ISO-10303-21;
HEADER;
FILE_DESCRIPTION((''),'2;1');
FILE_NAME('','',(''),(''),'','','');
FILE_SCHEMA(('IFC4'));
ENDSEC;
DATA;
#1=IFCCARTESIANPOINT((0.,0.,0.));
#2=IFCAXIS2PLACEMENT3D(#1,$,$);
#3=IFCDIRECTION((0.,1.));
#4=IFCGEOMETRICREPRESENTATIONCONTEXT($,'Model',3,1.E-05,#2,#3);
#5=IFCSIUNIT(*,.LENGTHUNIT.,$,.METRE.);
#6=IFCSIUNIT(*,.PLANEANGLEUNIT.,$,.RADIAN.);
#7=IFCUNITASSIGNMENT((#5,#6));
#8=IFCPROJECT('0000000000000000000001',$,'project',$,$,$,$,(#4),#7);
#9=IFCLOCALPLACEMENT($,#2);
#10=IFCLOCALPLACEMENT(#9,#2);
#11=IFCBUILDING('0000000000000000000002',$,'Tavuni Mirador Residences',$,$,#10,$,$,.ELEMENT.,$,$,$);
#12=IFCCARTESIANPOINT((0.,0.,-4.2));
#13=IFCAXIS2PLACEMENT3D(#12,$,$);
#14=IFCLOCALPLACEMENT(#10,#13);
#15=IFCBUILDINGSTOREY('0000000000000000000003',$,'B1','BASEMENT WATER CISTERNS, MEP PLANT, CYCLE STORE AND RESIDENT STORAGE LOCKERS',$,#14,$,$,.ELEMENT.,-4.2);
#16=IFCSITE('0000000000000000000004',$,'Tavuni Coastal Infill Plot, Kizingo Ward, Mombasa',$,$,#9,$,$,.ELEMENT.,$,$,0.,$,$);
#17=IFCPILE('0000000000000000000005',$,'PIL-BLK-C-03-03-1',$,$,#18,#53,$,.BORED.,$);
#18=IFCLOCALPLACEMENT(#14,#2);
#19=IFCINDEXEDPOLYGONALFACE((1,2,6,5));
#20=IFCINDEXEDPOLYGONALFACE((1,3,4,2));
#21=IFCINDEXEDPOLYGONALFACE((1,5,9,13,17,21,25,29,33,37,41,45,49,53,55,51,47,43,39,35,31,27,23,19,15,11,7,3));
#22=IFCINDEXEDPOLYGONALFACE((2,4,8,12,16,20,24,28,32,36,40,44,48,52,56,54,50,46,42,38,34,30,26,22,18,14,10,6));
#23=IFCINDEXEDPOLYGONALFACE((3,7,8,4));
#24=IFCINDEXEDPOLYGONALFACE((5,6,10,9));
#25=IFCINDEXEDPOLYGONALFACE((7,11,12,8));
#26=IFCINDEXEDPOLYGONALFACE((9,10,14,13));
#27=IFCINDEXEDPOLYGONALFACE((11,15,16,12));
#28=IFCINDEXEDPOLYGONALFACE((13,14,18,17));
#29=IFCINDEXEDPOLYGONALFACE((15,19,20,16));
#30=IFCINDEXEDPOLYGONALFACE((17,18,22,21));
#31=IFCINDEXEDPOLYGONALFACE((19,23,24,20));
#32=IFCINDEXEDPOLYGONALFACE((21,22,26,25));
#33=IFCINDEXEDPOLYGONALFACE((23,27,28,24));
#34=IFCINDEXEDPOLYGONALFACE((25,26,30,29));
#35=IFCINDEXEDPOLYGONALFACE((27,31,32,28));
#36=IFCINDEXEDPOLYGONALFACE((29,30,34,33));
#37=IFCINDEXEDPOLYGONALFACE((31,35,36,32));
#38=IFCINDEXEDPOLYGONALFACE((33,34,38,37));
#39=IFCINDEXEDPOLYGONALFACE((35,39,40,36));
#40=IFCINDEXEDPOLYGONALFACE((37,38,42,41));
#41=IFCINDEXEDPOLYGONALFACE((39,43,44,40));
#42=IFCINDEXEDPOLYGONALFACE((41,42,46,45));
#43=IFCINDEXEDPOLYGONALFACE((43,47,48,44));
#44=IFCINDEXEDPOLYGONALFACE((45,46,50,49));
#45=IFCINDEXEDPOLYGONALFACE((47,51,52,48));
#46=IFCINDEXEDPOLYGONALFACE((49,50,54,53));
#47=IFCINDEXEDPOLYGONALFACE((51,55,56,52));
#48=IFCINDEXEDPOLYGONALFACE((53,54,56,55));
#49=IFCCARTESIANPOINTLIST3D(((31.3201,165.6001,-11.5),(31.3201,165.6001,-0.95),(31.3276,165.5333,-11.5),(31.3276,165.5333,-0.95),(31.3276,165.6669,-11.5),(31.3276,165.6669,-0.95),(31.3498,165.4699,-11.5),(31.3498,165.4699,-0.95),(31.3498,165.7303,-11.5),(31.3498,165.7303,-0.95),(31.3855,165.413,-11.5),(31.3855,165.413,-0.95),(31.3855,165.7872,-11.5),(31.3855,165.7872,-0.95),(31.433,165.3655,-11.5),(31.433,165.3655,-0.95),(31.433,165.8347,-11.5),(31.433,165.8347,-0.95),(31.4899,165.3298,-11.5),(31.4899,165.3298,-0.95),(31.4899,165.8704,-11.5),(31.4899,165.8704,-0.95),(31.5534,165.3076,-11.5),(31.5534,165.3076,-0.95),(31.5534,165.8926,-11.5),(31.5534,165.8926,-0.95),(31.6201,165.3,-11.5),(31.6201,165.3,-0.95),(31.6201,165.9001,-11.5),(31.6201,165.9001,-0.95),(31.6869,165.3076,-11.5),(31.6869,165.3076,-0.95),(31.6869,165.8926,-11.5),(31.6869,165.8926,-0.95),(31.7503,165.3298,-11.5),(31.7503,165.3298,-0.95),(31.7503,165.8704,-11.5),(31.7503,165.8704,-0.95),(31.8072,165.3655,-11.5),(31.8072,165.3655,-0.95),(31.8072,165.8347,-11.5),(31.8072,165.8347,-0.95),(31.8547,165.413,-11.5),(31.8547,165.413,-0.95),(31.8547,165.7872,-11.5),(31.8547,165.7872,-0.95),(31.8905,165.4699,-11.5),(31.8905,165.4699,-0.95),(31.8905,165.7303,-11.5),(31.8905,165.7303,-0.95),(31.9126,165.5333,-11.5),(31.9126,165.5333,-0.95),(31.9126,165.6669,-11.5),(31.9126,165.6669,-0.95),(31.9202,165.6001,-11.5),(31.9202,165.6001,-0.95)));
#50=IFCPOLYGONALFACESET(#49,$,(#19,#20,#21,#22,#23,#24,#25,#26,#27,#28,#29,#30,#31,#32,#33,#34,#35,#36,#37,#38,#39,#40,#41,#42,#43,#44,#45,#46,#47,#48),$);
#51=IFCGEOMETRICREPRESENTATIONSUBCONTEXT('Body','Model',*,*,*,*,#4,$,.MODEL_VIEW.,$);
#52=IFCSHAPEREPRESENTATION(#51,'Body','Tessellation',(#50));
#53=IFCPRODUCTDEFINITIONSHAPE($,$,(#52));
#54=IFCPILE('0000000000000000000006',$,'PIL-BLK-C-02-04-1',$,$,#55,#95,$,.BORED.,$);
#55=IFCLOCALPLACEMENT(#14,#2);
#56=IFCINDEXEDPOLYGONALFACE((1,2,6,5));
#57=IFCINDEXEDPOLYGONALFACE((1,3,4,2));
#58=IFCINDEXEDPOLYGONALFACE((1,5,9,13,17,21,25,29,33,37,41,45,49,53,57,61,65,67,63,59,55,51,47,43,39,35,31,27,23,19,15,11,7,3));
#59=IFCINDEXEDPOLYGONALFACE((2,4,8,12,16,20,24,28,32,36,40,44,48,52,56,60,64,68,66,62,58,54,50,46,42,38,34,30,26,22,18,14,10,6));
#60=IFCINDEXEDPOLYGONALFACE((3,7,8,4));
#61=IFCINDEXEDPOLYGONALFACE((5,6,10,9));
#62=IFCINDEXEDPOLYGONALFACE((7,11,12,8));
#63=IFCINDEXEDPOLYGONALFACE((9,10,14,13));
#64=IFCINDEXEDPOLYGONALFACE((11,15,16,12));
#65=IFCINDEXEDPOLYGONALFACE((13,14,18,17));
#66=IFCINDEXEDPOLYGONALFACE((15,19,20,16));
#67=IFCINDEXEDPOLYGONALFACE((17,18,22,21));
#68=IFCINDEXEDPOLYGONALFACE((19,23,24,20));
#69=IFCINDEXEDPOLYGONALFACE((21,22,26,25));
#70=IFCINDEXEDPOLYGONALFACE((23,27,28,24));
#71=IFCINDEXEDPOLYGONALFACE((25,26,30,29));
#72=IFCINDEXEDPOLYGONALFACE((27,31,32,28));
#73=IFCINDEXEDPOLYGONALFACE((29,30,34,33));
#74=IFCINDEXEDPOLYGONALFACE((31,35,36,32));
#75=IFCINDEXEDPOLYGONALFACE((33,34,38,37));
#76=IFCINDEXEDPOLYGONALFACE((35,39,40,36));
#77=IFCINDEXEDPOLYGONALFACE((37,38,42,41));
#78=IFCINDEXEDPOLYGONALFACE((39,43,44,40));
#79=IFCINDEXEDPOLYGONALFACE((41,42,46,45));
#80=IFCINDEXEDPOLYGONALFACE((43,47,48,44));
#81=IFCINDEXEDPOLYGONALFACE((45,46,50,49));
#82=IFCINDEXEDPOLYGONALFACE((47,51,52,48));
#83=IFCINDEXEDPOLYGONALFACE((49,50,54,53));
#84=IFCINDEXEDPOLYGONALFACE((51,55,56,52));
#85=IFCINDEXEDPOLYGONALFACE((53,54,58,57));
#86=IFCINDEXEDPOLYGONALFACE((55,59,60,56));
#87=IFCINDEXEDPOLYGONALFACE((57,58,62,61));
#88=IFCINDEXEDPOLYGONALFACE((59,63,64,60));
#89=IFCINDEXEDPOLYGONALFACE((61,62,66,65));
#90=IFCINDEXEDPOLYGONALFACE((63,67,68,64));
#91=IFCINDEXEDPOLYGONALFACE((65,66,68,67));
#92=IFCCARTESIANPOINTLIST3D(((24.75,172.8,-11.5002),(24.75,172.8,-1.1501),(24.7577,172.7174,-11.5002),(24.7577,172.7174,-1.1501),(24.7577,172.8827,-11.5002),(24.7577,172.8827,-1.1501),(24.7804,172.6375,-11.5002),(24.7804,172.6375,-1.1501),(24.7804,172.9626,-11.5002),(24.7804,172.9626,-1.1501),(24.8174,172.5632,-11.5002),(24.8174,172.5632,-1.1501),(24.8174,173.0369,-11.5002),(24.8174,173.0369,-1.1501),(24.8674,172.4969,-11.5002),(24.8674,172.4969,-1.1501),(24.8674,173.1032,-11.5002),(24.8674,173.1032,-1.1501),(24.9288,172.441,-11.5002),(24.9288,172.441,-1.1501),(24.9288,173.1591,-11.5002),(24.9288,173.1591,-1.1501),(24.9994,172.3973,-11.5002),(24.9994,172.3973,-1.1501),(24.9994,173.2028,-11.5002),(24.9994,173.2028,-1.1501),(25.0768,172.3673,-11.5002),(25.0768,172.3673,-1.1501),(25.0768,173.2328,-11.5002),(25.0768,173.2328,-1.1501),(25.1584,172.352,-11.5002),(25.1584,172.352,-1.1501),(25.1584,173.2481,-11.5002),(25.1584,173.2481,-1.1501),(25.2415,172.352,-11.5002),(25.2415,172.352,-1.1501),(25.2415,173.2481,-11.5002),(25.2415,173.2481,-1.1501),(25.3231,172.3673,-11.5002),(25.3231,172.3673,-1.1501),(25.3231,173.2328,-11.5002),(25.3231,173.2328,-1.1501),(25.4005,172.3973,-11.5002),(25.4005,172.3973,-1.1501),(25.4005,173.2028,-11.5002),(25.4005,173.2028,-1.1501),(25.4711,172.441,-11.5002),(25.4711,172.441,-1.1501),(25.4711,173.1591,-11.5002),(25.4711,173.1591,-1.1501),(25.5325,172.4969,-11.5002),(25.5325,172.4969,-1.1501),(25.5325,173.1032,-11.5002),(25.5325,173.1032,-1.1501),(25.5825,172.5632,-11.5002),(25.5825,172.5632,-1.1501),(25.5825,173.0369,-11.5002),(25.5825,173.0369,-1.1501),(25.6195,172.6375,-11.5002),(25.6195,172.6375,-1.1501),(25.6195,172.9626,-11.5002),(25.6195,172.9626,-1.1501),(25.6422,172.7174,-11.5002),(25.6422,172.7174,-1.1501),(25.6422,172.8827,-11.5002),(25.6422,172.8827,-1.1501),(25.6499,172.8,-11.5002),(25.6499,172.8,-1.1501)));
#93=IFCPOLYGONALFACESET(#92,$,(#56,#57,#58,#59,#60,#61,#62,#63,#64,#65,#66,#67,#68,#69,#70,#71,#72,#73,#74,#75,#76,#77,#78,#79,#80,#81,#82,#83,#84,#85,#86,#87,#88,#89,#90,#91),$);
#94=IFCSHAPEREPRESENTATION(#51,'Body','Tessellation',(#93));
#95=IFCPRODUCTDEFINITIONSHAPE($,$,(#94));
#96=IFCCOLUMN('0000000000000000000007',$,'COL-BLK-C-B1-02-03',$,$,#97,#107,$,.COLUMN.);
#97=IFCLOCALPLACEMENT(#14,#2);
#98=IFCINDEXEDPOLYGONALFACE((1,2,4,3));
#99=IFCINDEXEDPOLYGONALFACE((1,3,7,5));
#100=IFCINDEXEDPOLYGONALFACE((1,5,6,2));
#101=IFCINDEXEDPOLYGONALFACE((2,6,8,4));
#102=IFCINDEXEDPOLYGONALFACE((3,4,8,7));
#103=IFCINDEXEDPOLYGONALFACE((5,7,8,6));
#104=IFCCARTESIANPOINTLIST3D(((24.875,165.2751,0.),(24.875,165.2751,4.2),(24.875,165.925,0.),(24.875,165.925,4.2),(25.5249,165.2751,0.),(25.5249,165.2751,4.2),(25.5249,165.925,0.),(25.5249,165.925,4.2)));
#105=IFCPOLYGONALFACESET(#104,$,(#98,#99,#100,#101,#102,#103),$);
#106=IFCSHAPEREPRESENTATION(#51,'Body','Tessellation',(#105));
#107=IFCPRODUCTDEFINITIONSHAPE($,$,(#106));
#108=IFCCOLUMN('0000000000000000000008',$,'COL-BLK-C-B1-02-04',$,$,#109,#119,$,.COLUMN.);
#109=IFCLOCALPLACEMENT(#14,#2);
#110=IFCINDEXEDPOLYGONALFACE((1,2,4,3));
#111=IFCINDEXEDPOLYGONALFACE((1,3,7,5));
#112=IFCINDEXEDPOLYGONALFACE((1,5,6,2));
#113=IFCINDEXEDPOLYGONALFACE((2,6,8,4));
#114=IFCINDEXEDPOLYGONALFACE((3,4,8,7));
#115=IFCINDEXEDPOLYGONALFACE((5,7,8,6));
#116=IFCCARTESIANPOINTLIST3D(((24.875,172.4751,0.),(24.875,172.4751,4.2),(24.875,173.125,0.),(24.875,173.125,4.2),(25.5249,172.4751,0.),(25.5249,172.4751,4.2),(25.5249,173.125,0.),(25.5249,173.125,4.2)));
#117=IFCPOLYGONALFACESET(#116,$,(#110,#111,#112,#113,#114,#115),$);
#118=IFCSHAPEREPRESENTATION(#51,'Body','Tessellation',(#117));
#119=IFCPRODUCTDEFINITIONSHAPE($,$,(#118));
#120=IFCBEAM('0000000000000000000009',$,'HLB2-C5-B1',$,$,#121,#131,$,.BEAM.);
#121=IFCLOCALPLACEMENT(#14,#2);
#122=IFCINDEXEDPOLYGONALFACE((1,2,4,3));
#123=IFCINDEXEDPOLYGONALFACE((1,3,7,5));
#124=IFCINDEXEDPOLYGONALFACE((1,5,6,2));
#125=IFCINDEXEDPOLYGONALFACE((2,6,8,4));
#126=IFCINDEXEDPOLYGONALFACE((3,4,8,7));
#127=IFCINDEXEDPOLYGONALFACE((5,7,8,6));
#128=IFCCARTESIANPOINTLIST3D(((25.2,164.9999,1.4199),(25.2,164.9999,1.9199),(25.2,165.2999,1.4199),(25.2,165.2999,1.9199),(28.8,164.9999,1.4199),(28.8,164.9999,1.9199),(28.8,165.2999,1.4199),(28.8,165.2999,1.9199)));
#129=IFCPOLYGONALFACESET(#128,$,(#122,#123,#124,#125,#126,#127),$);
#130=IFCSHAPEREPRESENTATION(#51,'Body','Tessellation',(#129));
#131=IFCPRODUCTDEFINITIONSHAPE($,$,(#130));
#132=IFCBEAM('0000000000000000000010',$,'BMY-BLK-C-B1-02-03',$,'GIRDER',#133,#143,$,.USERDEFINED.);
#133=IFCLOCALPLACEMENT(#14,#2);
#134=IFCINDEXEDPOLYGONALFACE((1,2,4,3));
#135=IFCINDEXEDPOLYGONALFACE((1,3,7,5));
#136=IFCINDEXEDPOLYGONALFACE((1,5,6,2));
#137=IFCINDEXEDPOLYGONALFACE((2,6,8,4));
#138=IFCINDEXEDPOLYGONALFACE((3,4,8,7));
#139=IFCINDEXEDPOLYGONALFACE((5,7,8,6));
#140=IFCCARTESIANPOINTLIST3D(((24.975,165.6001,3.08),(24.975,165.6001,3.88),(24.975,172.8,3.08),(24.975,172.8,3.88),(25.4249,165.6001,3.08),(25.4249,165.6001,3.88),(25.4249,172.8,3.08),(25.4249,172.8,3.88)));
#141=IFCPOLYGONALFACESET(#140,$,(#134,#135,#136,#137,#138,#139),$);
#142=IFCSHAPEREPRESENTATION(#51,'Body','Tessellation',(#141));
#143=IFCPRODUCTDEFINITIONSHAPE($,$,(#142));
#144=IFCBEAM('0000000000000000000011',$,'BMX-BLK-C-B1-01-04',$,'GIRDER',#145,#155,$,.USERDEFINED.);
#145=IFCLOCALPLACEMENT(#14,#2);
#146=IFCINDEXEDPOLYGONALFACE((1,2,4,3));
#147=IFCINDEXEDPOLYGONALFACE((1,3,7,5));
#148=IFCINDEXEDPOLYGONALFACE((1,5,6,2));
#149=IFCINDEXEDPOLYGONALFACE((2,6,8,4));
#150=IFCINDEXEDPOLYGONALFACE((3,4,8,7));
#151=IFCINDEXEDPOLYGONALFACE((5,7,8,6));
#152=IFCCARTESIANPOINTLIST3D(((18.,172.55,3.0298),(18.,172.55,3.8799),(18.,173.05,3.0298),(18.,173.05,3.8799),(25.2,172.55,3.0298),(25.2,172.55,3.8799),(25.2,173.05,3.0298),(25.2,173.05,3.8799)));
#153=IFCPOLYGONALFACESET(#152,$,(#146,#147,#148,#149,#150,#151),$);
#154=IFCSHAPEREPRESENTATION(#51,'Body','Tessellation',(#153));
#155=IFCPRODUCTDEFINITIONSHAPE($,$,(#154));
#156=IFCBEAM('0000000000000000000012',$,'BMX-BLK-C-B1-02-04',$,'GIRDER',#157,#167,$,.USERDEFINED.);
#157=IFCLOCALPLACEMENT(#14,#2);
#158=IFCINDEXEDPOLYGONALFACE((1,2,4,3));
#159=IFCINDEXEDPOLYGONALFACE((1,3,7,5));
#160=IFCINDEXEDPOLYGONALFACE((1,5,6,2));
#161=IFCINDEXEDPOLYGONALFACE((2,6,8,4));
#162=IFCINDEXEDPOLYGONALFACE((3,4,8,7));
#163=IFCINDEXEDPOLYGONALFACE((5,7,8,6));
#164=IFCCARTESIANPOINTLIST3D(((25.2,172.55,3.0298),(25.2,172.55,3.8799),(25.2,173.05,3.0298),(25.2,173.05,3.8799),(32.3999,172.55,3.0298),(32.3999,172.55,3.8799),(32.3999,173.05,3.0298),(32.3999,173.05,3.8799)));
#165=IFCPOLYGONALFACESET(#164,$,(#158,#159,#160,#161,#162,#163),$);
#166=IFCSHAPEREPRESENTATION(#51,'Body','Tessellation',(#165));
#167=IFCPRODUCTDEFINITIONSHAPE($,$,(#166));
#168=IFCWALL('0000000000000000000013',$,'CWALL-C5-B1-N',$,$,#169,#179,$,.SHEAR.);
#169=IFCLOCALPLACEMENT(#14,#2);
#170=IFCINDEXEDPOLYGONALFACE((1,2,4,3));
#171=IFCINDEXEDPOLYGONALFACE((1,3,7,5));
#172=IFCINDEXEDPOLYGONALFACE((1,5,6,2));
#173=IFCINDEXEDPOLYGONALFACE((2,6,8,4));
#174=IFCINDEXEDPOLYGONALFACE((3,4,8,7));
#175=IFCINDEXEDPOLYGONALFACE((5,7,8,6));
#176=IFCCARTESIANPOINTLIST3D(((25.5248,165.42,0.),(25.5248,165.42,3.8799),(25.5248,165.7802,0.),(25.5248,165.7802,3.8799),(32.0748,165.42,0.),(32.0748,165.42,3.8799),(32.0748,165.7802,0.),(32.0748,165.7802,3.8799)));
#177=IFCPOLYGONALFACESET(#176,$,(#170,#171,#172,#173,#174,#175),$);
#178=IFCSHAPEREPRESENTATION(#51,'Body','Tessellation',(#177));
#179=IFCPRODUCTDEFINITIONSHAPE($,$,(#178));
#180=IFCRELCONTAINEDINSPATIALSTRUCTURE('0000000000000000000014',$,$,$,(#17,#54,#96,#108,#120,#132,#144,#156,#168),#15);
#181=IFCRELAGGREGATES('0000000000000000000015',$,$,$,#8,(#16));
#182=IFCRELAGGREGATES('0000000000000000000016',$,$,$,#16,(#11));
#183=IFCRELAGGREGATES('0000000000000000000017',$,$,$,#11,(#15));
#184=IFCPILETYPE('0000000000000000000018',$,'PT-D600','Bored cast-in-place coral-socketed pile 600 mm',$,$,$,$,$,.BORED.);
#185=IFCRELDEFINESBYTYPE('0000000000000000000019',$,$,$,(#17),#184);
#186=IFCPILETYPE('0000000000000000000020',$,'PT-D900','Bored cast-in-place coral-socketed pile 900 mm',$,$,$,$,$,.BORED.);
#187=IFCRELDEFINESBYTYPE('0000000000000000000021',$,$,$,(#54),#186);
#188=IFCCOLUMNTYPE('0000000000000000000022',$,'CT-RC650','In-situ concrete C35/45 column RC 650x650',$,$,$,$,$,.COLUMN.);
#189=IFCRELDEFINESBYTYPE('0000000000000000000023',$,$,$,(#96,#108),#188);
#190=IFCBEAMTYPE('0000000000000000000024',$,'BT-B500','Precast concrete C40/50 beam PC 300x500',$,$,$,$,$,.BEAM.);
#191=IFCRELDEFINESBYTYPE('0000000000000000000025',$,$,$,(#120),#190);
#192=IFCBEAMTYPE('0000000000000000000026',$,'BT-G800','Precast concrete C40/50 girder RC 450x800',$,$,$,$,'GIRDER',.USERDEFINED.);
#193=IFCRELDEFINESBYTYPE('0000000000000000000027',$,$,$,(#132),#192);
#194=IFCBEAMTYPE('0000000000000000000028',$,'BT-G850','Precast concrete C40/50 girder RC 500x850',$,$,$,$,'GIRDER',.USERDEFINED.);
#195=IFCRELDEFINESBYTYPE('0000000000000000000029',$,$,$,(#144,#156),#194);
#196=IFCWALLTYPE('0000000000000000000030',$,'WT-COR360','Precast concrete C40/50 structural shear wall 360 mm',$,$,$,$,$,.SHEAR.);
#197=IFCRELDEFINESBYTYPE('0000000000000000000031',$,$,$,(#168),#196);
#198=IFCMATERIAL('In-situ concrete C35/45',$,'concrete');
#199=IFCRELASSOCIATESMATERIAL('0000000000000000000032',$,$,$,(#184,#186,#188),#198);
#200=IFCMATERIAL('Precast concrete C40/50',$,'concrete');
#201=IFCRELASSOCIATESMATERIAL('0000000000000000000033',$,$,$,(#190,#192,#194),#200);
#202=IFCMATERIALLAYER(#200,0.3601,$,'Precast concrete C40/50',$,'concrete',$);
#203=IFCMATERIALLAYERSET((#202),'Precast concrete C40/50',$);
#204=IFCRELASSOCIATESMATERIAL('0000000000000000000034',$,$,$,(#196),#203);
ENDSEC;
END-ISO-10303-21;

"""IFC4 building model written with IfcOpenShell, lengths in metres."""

from ifc_helpers import new_model, si_unit, direction, frame, frame_2d, origin, origin_2d, place, context, subcontext, project, spatial, rectangle, circle, extrude, material, layer, layer_set, material_profile, profile_set, type_object, element, save


model = new_model("IFC4")

# Units and contexts
model_context = context("Model", 3, precision=1e-05, world=origin(), true_north=direction((0.0, 1.0)))
body_context = subcontext(model_context, "Body", "Model", "MODEL_VIEW")
ifc_project = project(units=[si_unit("LENGTHUNIT", "METRE"), si_unit("PLANEANGLEUNIT", "RADIAN")], contexts=[model_context])

# Site, building, storey
site_placement = place(None, origin())
site = spatial("IfcSite", under=ifc_project, at=site_placement, Name="Tavuni Coastal Infill Plot, Kizingo Ward, Mombasa", CompositionType="ELEMENT", RefElevation=0.0)
building_placement = place(site_placement, origin())
building = spatial("IfcBuilding", under=site, at=building_placement, Name="Tavuni Mirador Residences", CompositionType="ELEMENT")
storey_placement = place(building_placement, frame((0.0, 0.0, -4.2)))
storey = spatial("IfcBuildingStorey", under=building, at=storey_placement, Name="B1", Description="BASEMENT WATER CISTERNS, MEP PLANT, CYCLE STORE AND RESIDENT STORAGE LOCKERS", CompositionType="ELEMENT", Elevation=-4.2)

# Shared definitions
ifc_material_1 = material(Name="In-situ concrete C35/45", Category="concrete")

# Piles
ifc_material_profile_1 = material_profile(ifc_material_1, circle(Radius=0.3, at=origin_2d()), Name="PILE D600", Category="concrete")
ifc_profile_set_1 = profile_set([ifc_material_profile_1], Name="In-situ concrete C35/45")
pile_type_1 = type_object("IfcPileType", Name="PT-D600", Description="Bored cast-in-place coral-socketed pile 600 mm", PredefinedType="BORED", material=ifc_profile_set_1)
pile_1_placement = place(storey_placement, frame((31.6201, 165.6001, -0.95), z_axis=(0.0, 0.0, -1.0), x_axis=(1.0, 0.0, 0.0)))
element("IfcPile", 1, at=pile_1_placement, inside=storey, type_object=pile_type_1, Name="PIL-BLK-C-03-03-1", PredefinedType="BORED", context=body_context, shape_type="SweptSolid", body=[
    extrude(circle(Radius=0.3, at=origin_2d()), origin(), (0.0, 0.0, 1.0), 10.55),
])
ifc_material_profile_2 = material_profile(ifc_material_1, circle(Radius=0.45, at=origin_2d()), Name="PILE D900", Category="concrete")
ifc_profile_set_2 = profile_set([ifc_material_profile_2], Name="In-situ concrete C35/45")
pile_type_2 = type_object("IfcPileType", Name="PT-D900", Description="Bored cast-in-place coral-socketed pile 900 mm", PredefinedType="BORED", material=ifc_profile_set_2)
pile_2_placement = place(storey_placement, frame((25.2, 172.8, -1.1501), z_axis=(0.0, 0.0, -1.0), x_axis=(1.0, 0.0, 0.0)))
element("IfcPile", 2, at=pile_2_placement, inside=storey, type_object=pile_type_2, Name="PIL-BLK-C-02-04-1", PredefinedType="BORED", context=body_context, shape_type="SweptSolid", body=[
    extrude(circle(Radius=0.45, at=origin_2d()), origin(), (0.0, 0.0, 1.0), 10.3501),
])

# Columns
ifc_material_profile_3 = material_profile(ifc_material_1, rectangle(XDim=0.6499, YDim=0.6499, at=origin_2d()), Name="RC 650x650", Category="concrete")
ifc_profile_set_3 = profile_set([ifc_material_profile_3], Name="In-situ concrete C35/45")
column_type = type_object("IfcColumnType", Name="CT-RC650", Description="In-situ concrete C35/45 column RC 650x650", PredefinedType="COLUMN", material=ifc_profile_set_3)
for number, where, z_axis, x_axis, name in (
    (3, (25.2, 165.6001, 0.0), (0.0, 0.0, 1.0), (1.0, 0.0, 0.0), "COL-BLK-C-B1-02-03"),
    (4, (25.2, 172.8, 0.0), (0.0, 0.0, 1.0), (1.0, 0.0, 0.0), "COL-BLK-C-B1-02-04"),
):
    element("IfcColumn", number, at=place(storey_placement, frame(where, z_axis=z_axis, x_axis=x_axis)), inside=storey, type_object=column_type, Name=name, PredefinedType="COLUMN", context=body_context, shape_type="SweptSolid", body=[
        extrude(rectangle(XDim=0.6499, YDim=0.6499, at=origin_2d()), origin(), (0.0, 0.0, 1.0), 4.2),
    ])

# Beams
ifc_material_2 = material(Name="Precast concrete C40/50", Category="concrete")
ifc_material_profile_4 = material_profile(ifc_material_2, rectangle(XDim=0.3, YDim=0.5, at=origin_2d()), Name="PC 300x500", Category="concrete")
ifc_profile_set_4 = profile_set([ifc_material_profile_4], Name="Precast concrete C40/50")
beam_type_1 = type_object("IfcBeamType", Name="BT-B500", Description="Precast concrete C40/50 beam PC 300x500", PredefinedType="BEAM", material=ifc_profile_set_4)
beam_1_placement = place(storey_placement, frame((25.2, 165.1499, 1.6699), z_axis=(1.0, 0.0, 0.0), x_axis=(0.0, 1.0, 0.0)))
element("IfcBeam", 5, at=beam_1_placement, inside=storey, type_object=beam_type_1, Name="HLB2-C5-B1", PredefinedType="BEAM", context=body_context, shape_type="SweptSolid", body=[
    extrude(rectangle(XDim=0.3, YDim=0.5, at=origin_2d()), origin(), (0.0, 0.0, 1.0), 3.6001),
])
ifc_material_profile_5 = material_profile(ifc_material_2, rectangle(XDim=0.45, YDim=0.8, at=origin_2d()), Name="RC 450x800", Category="concrete")
ifc_profile_set_5 = profile_set([ifc_material_profile_5], Name="Precast concrete C40/50")
beam_type_2 = type_object("IfcBeamType", Name="BT-G800", Description="Precast concrete C40/50 girder RC 450x800", ElementType="GIRDER", PredefinedType="USERDEFINED", material=ifc_profile_set_5)
beam_2_placement = place(storey_placement, frame((25.2, 165.6001, 3.48), z_axis=(0.0, 1.0, 0.0), x_axis=(-1.0, 0.0, 0.0)))
element("IfcBeam", 6, at=beam_2_placement, inside=storey, type_object=beam_type_2, Name="BMY-BLK-C-B1-02-03", ObjectType="GIRDER", PredefinedType="USERDEFINED", context=body_context, shape_type="SweptSolid", body=[
    extrude(rectangle(XDim=0.45, YDim=0.8, at=origin_2d()), origin(), (0.0, 0.0, 1.0), 7.2),
])
ifc_material_profile_6 = material_profile(ifc_material_2, rectangle(XDim=0.5, YDim=0.8501, at=origin_2d()), Name="RC 500x850", Category="concrete")
ifc_profile_set_6 = profile_set([ifc_material_profile_6], Name="Precast concrete C40/50")
beam_type_3 = type_object("IfcBeamType", Name="BT-G850", Description="Precast concrete C40/50 girder RC 500x850", ElementType="GIRDER", PredefinedType="USERDEFINED", material=ifc_profile_set_6)
for number, where, z_axis, x_axis, name in (
    (7, (18.0, 172.8, 3.4548), (1.0, 0.0, 0.0), (0.0, 1.0, 0.0), "BMX-BLK-C-B1-01-04"),
    (8, (25.2, 172.8, 3.4548), (1.0, 0.0, 0.0), (0.0, 1.0, 0.0), "BMX-BLK-C-B1-02-04"),
):
    element("IfcBeam", number, at=place(storey_placement, frame(where, z_axis=z_axis, x_axis=x_axis)), inside=storey, type_object=beam_type_3, Name=name, ObjectType="GIRDER", PredefinedType="USERDEFINED", context=body_context, shape_type="SweptSolid", body=[
        extrude(rectangle(XDim=0.5, YDim=0.8501, at=origin_2d()), origin(), (0.0, 0.0, 1.0), 7.2),
    ])

# Wall
ifc_layer_1 = layer(ifc_material_2, 0.3601, Name="Precast concrete C40/50", Category="concrete")
ifc_layer_set_1 = layer_set([ifc_layer_1], Name="Precast concrete C40/50")
wall_type_1 = type_object("IfcWallType", Name="WT-COR360", Description="Precast concrete C40/50 structural shear wall 360 mm", PredefinedType="SHEAR", material=ifc_layer_set_1)
wall_1_placement = place(storey_placement, frame((25.5249, 165.6001, 0.0), z_axis=(0.0, 0.0, 1.0), x_axis=(1.0, 0.0, 0.0)))
element("IfcWall", 9, at=wall_1_placement, inside=storey, type_object=wall_type_1, Name="CWALL-C5-B1-N", PredefinedType="SHEAR", context=body_context, shape_type="SweptSolid", body=[
    extrude(rectangle(XDim=6.55, YDim=0.3601, at=frame_2d((3.2749, 0.0))), origin(), (0.0, 0.0, 1.0), 3.8799),
])

save(model, "model.ifc")
